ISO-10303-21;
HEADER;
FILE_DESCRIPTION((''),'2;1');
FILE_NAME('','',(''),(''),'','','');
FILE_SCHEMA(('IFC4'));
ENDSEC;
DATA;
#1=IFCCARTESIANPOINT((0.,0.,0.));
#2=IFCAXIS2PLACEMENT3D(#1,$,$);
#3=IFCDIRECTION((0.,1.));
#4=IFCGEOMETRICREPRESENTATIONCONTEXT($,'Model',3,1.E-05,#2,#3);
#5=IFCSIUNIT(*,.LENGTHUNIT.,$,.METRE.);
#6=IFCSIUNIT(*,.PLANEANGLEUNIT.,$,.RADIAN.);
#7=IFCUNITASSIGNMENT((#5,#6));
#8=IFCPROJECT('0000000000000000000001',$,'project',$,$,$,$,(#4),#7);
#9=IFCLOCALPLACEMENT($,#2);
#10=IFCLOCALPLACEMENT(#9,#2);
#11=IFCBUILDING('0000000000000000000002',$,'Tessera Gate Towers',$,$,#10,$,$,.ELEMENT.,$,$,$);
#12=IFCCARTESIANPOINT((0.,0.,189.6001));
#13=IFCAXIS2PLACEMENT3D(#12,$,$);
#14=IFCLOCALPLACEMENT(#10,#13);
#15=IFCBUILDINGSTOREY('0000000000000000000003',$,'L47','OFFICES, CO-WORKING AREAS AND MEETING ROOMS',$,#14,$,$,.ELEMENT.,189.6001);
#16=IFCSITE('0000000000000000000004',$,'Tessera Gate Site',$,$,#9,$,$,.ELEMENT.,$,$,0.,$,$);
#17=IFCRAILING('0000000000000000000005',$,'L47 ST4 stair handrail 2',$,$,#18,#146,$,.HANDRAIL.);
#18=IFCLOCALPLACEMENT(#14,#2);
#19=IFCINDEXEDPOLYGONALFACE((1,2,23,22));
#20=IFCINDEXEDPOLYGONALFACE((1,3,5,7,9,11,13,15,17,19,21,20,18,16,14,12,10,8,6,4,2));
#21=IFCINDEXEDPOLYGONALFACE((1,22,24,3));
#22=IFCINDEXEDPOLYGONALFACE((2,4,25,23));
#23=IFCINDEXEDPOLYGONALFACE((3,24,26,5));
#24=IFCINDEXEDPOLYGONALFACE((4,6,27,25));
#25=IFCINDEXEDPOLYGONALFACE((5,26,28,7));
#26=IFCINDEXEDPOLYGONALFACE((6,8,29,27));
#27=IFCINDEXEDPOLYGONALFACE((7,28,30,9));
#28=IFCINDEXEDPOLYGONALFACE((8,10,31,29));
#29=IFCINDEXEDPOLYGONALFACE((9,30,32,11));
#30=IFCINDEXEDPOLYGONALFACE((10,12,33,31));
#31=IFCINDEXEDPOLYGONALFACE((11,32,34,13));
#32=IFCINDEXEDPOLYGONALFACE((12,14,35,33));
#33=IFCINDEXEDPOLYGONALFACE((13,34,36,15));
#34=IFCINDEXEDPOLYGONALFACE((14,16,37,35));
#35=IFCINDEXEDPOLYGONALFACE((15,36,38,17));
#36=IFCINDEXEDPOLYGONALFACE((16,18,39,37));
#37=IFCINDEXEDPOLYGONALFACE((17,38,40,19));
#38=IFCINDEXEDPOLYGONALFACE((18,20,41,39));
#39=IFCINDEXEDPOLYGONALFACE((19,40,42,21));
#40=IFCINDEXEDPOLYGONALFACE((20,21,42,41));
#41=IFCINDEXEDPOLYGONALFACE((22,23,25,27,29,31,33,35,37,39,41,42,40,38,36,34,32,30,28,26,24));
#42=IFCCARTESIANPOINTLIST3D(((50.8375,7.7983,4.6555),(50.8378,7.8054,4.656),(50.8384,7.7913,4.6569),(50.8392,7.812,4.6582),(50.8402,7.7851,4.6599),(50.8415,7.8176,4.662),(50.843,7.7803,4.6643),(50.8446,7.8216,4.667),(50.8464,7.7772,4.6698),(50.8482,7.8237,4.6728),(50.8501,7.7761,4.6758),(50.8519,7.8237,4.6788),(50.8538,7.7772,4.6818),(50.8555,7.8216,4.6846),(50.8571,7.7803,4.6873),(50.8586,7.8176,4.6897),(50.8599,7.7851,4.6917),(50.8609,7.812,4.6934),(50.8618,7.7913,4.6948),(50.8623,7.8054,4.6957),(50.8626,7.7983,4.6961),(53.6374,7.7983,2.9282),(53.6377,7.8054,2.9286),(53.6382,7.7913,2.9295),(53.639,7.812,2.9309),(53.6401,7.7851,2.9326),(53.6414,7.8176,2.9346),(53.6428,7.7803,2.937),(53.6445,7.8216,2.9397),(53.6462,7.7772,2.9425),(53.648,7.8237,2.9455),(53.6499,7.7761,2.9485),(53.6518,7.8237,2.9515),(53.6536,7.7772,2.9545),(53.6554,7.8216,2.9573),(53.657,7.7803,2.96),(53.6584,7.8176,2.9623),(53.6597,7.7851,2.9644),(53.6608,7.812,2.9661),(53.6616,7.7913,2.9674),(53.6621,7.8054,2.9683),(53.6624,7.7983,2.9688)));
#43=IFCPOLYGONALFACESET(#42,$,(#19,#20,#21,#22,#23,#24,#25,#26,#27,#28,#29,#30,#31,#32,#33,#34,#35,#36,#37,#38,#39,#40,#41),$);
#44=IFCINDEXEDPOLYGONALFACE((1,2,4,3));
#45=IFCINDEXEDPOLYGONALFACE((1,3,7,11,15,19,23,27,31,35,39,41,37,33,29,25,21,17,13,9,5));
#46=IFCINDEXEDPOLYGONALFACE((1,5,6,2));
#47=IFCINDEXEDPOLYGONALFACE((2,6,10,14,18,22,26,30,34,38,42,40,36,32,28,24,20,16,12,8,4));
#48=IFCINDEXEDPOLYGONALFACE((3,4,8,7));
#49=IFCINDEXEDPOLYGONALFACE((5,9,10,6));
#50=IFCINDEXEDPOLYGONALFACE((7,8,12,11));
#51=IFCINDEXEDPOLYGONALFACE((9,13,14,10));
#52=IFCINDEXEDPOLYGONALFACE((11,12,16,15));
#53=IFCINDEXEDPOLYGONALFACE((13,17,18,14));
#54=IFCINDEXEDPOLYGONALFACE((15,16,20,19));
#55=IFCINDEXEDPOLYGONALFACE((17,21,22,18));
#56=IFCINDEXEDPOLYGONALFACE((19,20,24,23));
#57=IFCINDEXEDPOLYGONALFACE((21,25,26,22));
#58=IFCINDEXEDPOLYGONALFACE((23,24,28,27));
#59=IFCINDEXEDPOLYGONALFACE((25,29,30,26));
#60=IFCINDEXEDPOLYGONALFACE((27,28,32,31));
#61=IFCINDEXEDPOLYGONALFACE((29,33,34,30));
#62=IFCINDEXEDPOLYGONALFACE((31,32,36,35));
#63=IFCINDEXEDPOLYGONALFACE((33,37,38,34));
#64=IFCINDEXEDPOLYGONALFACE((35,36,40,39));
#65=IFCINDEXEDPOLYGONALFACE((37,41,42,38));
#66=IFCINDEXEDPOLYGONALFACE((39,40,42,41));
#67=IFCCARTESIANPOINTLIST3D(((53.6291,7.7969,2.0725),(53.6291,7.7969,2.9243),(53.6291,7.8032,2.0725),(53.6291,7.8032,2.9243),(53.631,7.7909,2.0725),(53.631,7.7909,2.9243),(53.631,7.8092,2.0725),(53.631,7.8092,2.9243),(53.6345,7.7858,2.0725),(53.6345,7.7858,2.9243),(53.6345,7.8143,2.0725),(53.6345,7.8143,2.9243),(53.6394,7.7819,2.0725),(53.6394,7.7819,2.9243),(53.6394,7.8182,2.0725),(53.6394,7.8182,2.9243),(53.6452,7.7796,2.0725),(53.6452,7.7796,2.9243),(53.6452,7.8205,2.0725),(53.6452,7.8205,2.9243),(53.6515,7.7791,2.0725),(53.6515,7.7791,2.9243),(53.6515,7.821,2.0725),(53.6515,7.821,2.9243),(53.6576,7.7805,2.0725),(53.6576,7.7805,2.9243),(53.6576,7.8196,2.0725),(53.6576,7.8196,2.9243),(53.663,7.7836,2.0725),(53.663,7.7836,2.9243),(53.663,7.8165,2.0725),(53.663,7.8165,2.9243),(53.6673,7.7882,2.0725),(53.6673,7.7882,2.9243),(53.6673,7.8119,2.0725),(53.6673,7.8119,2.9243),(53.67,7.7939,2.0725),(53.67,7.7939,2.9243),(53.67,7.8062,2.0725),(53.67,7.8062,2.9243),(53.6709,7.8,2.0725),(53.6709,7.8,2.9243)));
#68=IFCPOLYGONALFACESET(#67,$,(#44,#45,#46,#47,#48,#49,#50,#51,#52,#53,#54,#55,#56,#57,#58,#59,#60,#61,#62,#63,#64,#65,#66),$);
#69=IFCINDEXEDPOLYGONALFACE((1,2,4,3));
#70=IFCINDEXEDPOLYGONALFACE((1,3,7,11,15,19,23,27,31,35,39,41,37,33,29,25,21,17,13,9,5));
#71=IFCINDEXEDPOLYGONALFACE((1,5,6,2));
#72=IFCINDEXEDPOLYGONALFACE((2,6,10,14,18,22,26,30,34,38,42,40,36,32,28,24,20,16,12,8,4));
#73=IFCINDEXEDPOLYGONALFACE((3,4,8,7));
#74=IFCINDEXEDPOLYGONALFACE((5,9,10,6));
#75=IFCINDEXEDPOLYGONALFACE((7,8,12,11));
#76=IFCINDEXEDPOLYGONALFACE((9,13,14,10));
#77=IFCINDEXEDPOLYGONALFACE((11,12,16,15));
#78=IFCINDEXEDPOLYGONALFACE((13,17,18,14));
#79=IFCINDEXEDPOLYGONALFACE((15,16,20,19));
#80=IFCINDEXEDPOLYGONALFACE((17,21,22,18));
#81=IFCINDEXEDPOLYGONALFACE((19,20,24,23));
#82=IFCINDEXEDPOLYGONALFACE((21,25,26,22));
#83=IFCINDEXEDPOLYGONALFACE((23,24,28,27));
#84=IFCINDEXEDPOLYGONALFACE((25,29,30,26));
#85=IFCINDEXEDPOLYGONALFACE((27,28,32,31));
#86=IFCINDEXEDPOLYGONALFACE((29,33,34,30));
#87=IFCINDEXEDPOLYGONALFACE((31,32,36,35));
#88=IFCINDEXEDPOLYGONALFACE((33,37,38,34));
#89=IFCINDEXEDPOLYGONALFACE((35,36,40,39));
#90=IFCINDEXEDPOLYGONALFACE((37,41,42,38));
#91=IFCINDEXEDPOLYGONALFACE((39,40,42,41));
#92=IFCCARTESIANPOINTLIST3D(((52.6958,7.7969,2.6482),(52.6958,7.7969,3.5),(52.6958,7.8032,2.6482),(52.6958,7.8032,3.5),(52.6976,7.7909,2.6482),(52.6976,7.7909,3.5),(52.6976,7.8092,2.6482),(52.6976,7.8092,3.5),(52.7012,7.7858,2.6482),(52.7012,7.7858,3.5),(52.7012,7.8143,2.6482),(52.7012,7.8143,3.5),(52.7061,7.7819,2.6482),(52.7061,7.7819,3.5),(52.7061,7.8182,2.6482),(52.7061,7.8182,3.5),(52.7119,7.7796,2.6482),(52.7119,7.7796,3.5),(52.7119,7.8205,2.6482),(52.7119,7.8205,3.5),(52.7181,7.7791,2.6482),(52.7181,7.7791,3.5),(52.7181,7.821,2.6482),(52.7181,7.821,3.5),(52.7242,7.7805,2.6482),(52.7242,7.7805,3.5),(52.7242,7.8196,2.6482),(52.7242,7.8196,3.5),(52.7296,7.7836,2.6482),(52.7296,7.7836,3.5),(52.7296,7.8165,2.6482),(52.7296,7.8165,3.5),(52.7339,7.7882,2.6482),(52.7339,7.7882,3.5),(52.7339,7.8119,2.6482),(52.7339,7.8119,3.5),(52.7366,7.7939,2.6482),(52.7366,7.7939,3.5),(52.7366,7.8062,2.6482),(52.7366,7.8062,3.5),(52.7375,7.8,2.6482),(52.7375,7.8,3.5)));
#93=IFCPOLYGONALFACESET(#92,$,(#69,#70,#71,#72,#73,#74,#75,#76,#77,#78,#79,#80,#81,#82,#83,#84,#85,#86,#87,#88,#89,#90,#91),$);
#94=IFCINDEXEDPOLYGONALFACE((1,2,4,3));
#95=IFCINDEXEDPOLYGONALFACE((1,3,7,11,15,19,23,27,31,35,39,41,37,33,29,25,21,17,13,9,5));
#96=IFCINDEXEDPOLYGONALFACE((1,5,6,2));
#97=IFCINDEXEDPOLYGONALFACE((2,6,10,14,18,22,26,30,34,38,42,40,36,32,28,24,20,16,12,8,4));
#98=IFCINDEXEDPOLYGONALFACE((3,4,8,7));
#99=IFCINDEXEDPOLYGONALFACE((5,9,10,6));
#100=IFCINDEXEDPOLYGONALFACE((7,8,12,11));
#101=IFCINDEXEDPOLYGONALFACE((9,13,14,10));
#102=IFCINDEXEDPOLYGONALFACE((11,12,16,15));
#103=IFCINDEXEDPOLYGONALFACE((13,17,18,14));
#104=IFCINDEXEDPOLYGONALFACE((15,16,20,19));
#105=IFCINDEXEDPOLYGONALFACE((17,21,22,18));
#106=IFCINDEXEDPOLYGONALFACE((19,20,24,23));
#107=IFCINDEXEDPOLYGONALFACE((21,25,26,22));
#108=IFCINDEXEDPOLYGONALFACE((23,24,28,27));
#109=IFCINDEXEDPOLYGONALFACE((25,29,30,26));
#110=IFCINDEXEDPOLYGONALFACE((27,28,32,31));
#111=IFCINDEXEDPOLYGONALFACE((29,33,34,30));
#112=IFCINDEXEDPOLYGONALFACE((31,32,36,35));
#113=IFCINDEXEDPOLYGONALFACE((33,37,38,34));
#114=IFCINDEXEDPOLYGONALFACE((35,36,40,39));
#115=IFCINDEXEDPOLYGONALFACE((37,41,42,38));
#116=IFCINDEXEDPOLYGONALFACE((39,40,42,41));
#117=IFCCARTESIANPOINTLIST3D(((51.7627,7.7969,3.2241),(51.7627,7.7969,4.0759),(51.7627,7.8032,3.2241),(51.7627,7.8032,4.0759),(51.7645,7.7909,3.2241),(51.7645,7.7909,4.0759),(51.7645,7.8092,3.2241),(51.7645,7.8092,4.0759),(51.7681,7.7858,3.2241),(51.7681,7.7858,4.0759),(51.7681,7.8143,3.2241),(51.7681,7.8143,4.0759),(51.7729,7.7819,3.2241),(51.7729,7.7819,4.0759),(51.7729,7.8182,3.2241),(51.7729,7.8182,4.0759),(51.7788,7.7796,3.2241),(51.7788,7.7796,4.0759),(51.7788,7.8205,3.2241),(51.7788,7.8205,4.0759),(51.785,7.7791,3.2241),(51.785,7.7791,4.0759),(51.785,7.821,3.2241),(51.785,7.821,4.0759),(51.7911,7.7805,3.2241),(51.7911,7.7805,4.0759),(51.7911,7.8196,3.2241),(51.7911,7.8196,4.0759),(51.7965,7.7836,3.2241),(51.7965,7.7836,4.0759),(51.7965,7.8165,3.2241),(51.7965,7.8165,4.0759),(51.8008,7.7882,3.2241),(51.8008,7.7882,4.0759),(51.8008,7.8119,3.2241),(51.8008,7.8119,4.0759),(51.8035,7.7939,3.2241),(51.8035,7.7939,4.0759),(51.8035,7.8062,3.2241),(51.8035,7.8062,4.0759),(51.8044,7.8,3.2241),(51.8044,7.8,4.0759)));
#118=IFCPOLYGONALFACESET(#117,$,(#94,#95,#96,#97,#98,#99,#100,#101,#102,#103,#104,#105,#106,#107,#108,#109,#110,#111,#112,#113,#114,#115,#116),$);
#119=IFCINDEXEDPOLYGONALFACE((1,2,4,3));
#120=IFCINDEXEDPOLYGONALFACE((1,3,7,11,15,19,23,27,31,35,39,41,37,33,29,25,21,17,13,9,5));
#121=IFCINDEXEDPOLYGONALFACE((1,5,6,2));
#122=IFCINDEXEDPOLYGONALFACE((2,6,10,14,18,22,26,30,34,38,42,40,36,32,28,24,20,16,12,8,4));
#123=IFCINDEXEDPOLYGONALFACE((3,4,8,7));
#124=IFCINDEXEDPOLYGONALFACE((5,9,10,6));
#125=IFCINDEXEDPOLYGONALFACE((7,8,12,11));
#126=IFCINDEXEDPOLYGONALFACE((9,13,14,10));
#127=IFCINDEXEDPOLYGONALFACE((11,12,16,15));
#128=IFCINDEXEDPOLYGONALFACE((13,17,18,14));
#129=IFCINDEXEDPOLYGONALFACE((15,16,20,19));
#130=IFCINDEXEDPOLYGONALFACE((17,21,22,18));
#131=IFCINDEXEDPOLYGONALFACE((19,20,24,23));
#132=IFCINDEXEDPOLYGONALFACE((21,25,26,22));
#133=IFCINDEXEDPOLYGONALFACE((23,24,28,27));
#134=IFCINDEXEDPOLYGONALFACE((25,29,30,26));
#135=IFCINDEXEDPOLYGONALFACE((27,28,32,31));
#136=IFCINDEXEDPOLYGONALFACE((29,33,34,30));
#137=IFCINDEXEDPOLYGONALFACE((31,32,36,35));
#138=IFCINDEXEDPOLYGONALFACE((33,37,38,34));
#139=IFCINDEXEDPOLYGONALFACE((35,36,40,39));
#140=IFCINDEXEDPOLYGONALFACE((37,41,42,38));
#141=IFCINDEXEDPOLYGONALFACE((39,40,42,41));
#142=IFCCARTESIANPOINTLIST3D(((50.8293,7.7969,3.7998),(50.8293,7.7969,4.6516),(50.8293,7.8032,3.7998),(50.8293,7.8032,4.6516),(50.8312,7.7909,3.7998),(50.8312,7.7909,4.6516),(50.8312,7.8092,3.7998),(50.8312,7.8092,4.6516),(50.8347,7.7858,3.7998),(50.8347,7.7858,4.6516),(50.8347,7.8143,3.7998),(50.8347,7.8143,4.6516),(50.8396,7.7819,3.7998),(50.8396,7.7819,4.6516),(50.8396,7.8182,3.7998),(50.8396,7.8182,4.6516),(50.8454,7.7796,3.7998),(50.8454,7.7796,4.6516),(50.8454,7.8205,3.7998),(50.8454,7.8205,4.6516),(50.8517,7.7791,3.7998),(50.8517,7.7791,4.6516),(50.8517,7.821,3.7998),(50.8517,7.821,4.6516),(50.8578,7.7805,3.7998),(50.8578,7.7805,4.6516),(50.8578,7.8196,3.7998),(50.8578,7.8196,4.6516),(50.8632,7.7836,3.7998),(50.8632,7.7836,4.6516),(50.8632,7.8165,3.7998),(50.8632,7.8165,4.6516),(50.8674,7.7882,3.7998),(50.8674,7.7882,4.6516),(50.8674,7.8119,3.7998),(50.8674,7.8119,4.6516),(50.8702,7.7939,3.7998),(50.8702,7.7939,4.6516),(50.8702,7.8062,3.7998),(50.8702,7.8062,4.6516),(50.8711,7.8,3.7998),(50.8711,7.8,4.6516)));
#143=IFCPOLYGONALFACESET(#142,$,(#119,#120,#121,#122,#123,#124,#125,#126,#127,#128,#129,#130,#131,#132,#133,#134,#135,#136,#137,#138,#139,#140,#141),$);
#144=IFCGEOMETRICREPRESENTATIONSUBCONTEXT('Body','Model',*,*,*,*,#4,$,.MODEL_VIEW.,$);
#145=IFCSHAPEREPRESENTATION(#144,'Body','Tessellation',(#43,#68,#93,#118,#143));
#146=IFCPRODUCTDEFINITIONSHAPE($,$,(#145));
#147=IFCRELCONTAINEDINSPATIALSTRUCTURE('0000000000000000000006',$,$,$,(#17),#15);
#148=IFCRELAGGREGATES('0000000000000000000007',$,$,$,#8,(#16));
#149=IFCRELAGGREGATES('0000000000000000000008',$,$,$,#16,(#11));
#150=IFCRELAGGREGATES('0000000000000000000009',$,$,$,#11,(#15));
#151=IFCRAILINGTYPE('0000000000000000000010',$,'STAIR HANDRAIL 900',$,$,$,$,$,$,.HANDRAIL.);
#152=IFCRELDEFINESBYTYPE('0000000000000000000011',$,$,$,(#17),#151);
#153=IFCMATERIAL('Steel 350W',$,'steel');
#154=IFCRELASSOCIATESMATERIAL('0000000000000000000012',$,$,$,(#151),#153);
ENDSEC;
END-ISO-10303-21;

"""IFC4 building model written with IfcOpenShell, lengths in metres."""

from ifc_helpers import new_model, si_unit, direction, frame, origin, origin_2d, place, context, subcontext, project, spatial, circle, extrude, material, type_object, element, save


model = new_model("IFC4")

# Units and contexts
model_context = context("Model", 3, precision=1e-05, world=origin(), true_north=direction((0.0, 1.0)))
body_context = subcontext(model_context, "Body", "Model", "MODEL_VIEW")
ifc_project = project(units=[si_unit("LENGTHUNIT", "METRE"), si_unit("PLANEANGLEUNIT", "RADIAN")], contexts=[model_context])

# Site, building, storey
site_placement = place(None, origin())
site = spatial("IfcSite", under=ifc_project, at=site_placement, Name="Tessera Gate Site", CompositionType="ELEMENT", RefElevation=0.0)
building_placement = place(site_placement, origin())
building = spatial("IfcBuilding", under=site, at=building_placement, Name="Tessera Gate Towers", CompositionType="ELEMENT")
storey_placement = place(building_placement, frame((0.0, 0.0, 189.6001)))
storey = spatial("IfcBuildingStorey", under=building, at=storey_placement, Name="L47", Description="OFFICES, CO-WORKING AREAS AND MEETING ROOMS", CompositionType="ELEMENT", Elevation=189.6001)

# Railing
ifc_material_1 = material(Name="Steel 350W", Category="steel")
railing_type_1 = type_object("IfcRailingType", Name="STAIR HANDRAIL 900", PredefinedType="HANDRAIL", material=ifc_material_1)
railing_1_placement = place(storey_placement, frame((53.6499, 7.8, 2.0725)))
element("IfcRailing", 1, at=railing_1_placement, inside=storey, type_object=railing_type_1, Name="L47 ST4 stair handrail 2", PredefinedType="HANDRAIL", context=body_context, shape_type="SweptSolid", body=[
    extrude(circle(Radius=0.0239, at=origin_2d()), frame((0.0, 0.0, 0.876), z_axis=(-0.851069, 0.0, 0.525054), x_axis=(0.0, -1.0, 0.0)), (0.0, 0.0, 1.0), 3.2898),
    extrude(circle(Radius=0.021, at=origin_2d()), origin(), (0.0, 0.0, 1.0), 0.8518),
    extrude(circle(Radius=0.021, at=origin_2d()), frame((-0.9333, 0.0, 0.5757)), (0.0, 0.0, 1.0), 0.8518),
    extrude(circle(Radius=0.021, at=origin_2d()), frame((-1.8665, 0.0, 1.1516)), (0.0, 0.0, 1.0), 0.8518),
    extrude(circle(Radius=0.021, at=origin_2d()), frame((-2.7998, 0.0, 1.7273)), (0.0, 0.0, 1.0), 0.8518),
])

save(model, "model.ifc")
